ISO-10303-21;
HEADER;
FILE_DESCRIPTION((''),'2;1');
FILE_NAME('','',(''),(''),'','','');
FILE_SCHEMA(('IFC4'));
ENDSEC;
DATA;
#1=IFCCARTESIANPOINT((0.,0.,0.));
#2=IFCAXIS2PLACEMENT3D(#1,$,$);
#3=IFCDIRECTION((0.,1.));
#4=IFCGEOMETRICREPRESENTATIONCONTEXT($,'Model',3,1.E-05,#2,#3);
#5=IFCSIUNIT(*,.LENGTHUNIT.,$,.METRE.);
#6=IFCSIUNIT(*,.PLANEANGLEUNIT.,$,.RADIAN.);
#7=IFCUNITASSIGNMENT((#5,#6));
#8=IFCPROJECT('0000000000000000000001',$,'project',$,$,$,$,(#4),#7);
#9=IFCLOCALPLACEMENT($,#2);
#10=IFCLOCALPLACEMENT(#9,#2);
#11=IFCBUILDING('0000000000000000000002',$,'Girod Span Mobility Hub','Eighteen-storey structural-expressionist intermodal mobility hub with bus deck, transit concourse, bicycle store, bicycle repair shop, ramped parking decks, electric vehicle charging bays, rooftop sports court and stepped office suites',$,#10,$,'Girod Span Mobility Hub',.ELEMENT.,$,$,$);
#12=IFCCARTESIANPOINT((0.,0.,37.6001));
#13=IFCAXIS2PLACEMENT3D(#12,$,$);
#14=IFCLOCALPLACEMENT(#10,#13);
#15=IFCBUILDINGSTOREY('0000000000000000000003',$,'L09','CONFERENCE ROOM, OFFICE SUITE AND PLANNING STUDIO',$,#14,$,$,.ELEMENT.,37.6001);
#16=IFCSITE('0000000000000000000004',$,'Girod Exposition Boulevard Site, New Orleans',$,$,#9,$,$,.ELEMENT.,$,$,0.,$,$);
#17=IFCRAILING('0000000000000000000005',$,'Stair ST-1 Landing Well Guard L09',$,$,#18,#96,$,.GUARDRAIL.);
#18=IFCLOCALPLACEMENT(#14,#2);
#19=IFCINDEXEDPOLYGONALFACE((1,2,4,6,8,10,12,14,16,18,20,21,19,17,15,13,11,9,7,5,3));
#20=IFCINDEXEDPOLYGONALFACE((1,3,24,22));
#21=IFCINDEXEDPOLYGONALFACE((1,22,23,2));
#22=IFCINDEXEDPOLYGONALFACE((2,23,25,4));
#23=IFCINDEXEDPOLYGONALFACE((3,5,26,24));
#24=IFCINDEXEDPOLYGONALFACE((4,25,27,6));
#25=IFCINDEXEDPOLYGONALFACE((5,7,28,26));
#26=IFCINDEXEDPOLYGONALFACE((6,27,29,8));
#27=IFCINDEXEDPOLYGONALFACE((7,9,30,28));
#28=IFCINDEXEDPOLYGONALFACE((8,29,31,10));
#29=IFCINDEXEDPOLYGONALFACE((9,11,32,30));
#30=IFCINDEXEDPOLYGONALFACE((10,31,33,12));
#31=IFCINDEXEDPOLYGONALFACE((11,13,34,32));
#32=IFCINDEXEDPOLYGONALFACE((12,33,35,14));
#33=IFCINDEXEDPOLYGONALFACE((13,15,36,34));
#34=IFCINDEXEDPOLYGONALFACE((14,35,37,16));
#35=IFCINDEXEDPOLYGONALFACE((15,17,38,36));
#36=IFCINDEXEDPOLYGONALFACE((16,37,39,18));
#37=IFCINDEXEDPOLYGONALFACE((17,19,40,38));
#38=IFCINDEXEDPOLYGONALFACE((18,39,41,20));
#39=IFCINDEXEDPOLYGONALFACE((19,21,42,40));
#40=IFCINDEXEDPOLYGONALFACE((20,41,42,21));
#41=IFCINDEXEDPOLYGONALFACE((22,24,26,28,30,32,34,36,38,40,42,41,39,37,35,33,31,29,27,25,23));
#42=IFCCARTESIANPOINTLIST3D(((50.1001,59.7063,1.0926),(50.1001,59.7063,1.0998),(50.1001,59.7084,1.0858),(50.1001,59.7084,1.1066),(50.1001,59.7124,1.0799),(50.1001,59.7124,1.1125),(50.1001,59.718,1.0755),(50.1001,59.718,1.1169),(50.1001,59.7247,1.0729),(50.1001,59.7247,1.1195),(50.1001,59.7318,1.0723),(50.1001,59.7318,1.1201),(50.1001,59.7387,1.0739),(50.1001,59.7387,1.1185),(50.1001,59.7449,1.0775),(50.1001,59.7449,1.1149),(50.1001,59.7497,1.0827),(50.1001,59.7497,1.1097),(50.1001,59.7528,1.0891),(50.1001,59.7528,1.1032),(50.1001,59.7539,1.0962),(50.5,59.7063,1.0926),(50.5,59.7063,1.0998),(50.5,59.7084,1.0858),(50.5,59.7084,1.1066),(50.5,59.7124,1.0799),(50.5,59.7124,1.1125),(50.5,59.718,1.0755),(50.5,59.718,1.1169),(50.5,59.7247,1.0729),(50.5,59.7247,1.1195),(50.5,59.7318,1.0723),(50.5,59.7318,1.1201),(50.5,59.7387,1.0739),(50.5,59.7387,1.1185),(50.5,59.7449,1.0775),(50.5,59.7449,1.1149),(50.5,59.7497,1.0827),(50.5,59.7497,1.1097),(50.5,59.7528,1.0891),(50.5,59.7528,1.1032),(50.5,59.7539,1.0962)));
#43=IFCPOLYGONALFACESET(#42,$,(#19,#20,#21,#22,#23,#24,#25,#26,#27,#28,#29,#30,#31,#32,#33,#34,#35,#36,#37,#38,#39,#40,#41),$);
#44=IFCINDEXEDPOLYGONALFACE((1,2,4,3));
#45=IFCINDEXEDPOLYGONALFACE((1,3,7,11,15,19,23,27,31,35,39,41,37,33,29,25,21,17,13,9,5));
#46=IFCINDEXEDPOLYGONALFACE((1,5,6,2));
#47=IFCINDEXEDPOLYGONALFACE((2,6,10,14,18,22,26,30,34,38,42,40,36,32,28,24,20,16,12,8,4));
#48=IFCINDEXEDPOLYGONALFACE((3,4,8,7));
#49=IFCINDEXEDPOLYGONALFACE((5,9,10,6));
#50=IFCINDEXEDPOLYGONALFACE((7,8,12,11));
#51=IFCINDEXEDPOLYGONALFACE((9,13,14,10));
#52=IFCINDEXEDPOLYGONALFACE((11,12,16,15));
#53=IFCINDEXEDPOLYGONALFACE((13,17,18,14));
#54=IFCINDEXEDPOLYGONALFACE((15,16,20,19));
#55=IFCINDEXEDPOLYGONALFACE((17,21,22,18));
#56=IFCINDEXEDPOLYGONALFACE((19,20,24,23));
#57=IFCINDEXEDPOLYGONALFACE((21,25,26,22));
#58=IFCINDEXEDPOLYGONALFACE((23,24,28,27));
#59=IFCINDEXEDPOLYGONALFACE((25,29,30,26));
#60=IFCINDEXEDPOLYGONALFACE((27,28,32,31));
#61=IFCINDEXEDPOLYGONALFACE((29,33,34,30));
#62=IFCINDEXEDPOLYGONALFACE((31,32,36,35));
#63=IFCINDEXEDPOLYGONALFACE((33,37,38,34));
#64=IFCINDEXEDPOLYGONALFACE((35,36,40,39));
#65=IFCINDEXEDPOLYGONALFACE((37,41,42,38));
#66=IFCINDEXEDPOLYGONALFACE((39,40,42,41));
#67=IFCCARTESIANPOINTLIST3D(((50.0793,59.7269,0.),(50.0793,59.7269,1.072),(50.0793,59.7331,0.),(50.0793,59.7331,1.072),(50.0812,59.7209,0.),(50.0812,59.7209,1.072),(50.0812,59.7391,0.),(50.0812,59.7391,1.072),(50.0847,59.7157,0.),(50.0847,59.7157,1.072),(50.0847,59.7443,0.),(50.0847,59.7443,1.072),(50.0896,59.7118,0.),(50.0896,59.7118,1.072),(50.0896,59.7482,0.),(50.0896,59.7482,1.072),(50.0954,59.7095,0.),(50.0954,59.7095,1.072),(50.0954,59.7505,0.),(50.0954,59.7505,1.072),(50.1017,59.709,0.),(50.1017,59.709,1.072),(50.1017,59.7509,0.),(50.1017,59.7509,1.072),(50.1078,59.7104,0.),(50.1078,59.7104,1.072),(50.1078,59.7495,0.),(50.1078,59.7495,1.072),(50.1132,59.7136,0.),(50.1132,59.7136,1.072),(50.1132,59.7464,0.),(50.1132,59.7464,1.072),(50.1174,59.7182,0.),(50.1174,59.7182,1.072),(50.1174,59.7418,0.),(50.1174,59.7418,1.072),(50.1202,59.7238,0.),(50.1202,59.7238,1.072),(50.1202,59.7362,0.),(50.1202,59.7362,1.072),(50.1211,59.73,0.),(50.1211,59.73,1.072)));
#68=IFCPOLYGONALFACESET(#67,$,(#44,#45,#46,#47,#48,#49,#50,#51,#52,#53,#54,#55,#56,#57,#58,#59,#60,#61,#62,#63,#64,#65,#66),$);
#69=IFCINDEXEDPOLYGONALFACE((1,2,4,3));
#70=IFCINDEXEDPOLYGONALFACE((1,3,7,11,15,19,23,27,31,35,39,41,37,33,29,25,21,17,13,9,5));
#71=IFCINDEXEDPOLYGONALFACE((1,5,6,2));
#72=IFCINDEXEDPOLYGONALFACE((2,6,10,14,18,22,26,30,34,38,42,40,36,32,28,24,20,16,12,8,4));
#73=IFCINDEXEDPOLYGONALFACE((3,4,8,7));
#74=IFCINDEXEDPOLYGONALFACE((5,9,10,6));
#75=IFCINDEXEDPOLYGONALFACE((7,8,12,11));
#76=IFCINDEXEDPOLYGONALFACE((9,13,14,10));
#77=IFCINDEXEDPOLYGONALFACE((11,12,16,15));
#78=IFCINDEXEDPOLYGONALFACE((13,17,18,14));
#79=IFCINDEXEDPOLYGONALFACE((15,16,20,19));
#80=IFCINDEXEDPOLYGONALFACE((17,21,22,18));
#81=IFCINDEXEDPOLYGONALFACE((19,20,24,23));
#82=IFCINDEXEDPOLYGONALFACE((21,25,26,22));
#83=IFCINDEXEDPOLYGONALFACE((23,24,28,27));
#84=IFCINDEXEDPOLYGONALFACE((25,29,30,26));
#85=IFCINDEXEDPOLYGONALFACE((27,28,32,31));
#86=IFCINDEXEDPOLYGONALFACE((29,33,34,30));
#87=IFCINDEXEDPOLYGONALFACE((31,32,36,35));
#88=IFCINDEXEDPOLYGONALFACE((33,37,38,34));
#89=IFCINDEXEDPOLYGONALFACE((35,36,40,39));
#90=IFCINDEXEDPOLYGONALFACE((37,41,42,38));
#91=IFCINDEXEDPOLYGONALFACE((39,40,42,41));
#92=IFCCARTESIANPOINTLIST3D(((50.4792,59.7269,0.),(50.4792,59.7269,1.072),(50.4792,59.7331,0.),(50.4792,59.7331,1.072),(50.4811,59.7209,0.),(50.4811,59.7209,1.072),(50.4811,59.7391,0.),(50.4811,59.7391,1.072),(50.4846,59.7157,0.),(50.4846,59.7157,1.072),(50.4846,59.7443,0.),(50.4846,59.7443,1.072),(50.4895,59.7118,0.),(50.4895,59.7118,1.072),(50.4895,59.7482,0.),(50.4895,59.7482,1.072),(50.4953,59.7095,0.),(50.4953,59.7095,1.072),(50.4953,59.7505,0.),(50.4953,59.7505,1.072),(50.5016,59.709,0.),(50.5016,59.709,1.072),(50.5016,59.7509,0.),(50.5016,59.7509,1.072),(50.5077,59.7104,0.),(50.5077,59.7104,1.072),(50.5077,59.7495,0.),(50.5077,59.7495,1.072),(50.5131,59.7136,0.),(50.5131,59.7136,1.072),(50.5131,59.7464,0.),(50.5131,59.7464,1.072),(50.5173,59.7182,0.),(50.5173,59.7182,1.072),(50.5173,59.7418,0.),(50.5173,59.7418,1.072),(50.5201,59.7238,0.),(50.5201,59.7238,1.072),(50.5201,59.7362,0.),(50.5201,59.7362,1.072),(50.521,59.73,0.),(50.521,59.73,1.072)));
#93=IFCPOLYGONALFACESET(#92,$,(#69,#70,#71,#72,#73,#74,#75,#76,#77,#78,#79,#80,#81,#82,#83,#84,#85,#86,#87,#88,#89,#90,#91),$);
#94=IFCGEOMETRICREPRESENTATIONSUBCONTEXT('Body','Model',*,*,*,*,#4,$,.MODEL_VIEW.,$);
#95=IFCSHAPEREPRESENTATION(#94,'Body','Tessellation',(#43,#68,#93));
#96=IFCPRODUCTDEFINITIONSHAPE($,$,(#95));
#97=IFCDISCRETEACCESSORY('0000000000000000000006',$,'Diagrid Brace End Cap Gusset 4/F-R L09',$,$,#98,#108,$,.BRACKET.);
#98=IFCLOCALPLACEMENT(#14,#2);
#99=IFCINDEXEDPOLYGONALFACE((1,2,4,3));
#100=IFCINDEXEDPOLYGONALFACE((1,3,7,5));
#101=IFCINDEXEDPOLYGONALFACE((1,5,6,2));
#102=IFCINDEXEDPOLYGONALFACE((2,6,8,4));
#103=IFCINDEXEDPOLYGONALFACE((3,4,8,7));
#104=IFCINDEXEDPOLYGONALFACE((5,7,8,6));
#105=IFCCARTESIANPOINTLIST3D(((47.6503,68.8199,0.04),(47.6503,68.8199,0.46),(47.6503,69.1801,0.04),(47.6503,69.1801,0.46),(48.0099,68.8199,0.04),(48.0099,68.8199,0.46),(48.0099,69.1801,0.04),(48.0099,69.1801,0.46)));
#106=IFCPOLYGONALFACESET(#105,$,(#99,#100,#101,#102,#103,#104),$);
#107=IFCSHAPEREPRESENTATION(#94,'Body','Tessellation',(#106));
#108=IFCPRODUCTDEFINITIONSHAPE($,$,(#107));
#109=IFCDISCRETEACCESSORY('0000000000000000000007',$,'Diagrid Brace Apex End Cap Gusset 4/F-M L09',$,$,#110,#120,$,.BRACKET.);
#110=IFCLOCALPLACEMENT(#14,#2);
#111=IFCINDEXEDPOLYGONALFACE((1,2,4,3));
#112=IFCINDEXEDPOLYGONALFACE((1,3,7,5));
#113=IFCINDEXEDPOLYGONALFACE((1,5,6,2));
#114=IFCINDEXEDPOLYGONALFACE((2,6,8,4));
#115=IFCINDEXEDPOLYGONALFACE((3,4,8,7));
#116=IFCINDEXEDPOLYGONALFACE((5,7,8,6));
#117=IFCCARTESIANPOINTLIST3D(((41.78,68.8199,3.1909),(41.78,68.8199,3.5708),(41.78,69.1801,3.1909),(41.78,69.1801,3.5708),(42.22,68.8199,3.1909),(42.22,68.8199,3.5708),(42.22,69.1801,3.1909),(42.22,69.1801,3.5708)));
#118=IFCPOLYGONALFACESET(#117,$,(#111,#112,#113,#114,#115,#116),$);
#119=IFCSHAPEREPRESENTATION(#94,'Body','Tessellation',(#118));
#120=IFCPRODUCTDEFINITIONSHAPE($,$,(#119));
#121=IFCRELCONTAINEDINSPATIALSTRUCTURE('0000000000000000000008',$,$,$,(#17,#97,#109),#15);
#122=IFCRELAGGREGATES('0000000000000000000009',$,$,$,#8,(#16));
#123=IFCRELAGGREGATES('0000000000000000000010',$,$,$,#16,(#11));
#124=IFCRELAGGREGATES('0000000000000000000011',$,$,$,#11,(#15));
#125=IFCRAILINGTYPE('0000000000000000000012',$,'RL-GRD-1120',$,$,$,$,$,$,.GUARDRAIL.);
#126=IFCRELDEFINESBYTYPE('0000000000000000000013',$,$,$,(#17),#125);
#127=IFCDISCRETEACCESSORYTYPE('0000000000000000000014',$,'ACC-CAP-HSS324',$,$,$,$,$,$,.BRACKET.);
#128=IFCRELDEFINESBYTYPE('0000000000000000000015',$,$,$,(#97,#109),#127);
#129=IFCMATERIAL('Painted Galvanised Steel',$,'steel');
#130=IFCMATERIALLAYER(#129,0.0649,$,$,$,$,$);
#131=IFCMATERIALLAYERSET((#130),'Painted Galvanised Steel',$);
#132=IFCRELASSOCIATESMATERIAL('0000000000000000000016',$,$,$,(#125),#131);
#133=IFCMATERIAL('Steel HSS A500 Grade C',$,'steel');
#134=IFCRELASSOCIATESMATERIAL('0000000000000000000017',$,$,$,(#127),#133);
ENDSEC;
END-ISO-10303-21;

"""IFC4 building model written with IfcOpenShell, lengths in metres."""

from ifc_helpers import new_model, si_unit, direction, frame, origin, origin_2d, place, context, subcontext, project, spatial, rectangle, circle, extrude, material, layer, layer_set, type_object, element, save


model = new_model("IFC4")

# Units and contexts
model_context = context("Model", 3, precision=1e-05, world=origin(), true_north=direction((0.0, 1.0)))
body_context = subcontext(model_context, "Body", "Model", "MODEL_VIEW")
ifc_project = project(units=[si_unit("LENGTHUNIT", "METRE"), si_unit("PLANEANGLEUNIT", "RADIAN")], contexts=[model_context])

# Site, building, storey
site_placement = place(None, origin())
site = spatial("IfcSite", under=ifc_project, at=site_placement, Name="Girod Exposition Boulevard Site, New Orleans", CompositionType="ELEMENT", RefElevation=0.0)
building_placement = place(site_placement, origin())
building = spatial("IfcBuilding", under=site, at=building_placement, Name="Girod Span Mobility Hub", Description="Eighteen-storey structural-expressionist intermodal mobility hub with bus deck, transit concourse, bicycle store, bicycle repair shop, ramped parking decks, electric vehicle charging bays, rooftop sports court and stepped office suites", LongName="Girod Span Mobility Hub", CompositionType="ELEMENT")
storey_placement = place(building_placement, frame((0.0, 0.0, 37.6001)))
storey = spatial("IfcBuildingStorey", under=building, at=storey_placement, Name="L09", Description="CONFERENCE ROOM, OFFICE SUITE AND PLANNING STUDIO", CompositionType="ELEMENT", Elevation=37.6001)

# Railing
ifc_material_1 = material(Name="Painted Galvanised Steel", Category="steel")
ifc_layer_1 = layer(ifc_material_1, 0.0649)
ifc_layer_set_1 = layer_set([ifc_layer_1], Name="Painted Galvanised Steel")
railing_type_1 = type_object("IfcRailingType", Name="RL-GRD-1120", PredefinedType="GUARDRAIL", material=ifc_layer_set_1)
for number, where, name in (
    (1, (50.1001, 59.73, 0.0), "Stair ST-1 Landing Well Guard L09"),
):
    element("IfcRailing", number, at=place(storey_placement, frame(where)), inside=storey, type_object=railing_type_1, Name=name, PredefinedType="GUARDRAIL", context=body_context, shape_type="SweptSolid", body=[
        extrude(circle(Radius=0.0239, at=origin_2d()), frame((0.0, 0.0, 1.0962), z_axis=(1.0, 0.0, 0.0), x_axis=(0.0, 1.0, 0.0)), (0.0, 0.0, 1.0), 0.3999),
        extrude(circle(Radius=0.021, at=origin_2d()), origin(), (0.0, 0.0, 1.0), 1.072),
        extrude(circle(Radius=0.021, at=origin_2d()), frame((0.3999, 0.0, 0.0)), (0.0, 0.0, 1.0), 1.072),
    ])

# Discrete accessories
ifc_material_2 = material(Name="Steel HSS A500 Grade C", Category="steel")
discrete_accessory_type = type_object("IfcDiscreteAccessoryType", Name="ACC-CAP-HSS324", PredefinedType="BRACKET", material=ifc_material_2)
discrete_accessory_1_placement = place(storey_placement, frame((47.8301, 69.0, 0.04), z_axis=(0.0, 0.0, 1.0), x_axis=(1.0, 0.0, 0.0)))
element("IfcDiscreteAccessory", 2, at=discrete_accessory_1_placement, inside=storey, type_object=discrete_accessory_type, Name="Diagrid Brace End Cap Gusset 4/F-R L09", PredefinedType="BRACKET", context=body_context, shape_type="SweptSolid", body=[
    extrude(rectangle(XDim=0.3596, YDim=0.3601, at=origin_2d()), origin(), (0.0, 0.0, 1.0), 0.4199),
])
discrete_accessory_2_placement = place(storey_placement, frame((42.0, 69.0, 3.1909), z_axis=(0.0, 0.0, 1.0), x_axis=(1.0, 0.0, 0.0)))
element("IfcDiscreteAccessory", 3, at=discrete_accessory_2_placement, inside=storey, type_object=discrete_accessory_type, Name="Diagrid Brace Apex End Cap Gusset 4/F-M L09", PredefinedType="BRACKET", context=body_context, shape_type="SweptSolid", body=[
    extrude(rectangle(XDim=0.4399, YDim=0.3601, at=origin_2d()), origin(), (0.0, 0.0, 1.0), 0.3799),
])

save(model, "model.ifc")
